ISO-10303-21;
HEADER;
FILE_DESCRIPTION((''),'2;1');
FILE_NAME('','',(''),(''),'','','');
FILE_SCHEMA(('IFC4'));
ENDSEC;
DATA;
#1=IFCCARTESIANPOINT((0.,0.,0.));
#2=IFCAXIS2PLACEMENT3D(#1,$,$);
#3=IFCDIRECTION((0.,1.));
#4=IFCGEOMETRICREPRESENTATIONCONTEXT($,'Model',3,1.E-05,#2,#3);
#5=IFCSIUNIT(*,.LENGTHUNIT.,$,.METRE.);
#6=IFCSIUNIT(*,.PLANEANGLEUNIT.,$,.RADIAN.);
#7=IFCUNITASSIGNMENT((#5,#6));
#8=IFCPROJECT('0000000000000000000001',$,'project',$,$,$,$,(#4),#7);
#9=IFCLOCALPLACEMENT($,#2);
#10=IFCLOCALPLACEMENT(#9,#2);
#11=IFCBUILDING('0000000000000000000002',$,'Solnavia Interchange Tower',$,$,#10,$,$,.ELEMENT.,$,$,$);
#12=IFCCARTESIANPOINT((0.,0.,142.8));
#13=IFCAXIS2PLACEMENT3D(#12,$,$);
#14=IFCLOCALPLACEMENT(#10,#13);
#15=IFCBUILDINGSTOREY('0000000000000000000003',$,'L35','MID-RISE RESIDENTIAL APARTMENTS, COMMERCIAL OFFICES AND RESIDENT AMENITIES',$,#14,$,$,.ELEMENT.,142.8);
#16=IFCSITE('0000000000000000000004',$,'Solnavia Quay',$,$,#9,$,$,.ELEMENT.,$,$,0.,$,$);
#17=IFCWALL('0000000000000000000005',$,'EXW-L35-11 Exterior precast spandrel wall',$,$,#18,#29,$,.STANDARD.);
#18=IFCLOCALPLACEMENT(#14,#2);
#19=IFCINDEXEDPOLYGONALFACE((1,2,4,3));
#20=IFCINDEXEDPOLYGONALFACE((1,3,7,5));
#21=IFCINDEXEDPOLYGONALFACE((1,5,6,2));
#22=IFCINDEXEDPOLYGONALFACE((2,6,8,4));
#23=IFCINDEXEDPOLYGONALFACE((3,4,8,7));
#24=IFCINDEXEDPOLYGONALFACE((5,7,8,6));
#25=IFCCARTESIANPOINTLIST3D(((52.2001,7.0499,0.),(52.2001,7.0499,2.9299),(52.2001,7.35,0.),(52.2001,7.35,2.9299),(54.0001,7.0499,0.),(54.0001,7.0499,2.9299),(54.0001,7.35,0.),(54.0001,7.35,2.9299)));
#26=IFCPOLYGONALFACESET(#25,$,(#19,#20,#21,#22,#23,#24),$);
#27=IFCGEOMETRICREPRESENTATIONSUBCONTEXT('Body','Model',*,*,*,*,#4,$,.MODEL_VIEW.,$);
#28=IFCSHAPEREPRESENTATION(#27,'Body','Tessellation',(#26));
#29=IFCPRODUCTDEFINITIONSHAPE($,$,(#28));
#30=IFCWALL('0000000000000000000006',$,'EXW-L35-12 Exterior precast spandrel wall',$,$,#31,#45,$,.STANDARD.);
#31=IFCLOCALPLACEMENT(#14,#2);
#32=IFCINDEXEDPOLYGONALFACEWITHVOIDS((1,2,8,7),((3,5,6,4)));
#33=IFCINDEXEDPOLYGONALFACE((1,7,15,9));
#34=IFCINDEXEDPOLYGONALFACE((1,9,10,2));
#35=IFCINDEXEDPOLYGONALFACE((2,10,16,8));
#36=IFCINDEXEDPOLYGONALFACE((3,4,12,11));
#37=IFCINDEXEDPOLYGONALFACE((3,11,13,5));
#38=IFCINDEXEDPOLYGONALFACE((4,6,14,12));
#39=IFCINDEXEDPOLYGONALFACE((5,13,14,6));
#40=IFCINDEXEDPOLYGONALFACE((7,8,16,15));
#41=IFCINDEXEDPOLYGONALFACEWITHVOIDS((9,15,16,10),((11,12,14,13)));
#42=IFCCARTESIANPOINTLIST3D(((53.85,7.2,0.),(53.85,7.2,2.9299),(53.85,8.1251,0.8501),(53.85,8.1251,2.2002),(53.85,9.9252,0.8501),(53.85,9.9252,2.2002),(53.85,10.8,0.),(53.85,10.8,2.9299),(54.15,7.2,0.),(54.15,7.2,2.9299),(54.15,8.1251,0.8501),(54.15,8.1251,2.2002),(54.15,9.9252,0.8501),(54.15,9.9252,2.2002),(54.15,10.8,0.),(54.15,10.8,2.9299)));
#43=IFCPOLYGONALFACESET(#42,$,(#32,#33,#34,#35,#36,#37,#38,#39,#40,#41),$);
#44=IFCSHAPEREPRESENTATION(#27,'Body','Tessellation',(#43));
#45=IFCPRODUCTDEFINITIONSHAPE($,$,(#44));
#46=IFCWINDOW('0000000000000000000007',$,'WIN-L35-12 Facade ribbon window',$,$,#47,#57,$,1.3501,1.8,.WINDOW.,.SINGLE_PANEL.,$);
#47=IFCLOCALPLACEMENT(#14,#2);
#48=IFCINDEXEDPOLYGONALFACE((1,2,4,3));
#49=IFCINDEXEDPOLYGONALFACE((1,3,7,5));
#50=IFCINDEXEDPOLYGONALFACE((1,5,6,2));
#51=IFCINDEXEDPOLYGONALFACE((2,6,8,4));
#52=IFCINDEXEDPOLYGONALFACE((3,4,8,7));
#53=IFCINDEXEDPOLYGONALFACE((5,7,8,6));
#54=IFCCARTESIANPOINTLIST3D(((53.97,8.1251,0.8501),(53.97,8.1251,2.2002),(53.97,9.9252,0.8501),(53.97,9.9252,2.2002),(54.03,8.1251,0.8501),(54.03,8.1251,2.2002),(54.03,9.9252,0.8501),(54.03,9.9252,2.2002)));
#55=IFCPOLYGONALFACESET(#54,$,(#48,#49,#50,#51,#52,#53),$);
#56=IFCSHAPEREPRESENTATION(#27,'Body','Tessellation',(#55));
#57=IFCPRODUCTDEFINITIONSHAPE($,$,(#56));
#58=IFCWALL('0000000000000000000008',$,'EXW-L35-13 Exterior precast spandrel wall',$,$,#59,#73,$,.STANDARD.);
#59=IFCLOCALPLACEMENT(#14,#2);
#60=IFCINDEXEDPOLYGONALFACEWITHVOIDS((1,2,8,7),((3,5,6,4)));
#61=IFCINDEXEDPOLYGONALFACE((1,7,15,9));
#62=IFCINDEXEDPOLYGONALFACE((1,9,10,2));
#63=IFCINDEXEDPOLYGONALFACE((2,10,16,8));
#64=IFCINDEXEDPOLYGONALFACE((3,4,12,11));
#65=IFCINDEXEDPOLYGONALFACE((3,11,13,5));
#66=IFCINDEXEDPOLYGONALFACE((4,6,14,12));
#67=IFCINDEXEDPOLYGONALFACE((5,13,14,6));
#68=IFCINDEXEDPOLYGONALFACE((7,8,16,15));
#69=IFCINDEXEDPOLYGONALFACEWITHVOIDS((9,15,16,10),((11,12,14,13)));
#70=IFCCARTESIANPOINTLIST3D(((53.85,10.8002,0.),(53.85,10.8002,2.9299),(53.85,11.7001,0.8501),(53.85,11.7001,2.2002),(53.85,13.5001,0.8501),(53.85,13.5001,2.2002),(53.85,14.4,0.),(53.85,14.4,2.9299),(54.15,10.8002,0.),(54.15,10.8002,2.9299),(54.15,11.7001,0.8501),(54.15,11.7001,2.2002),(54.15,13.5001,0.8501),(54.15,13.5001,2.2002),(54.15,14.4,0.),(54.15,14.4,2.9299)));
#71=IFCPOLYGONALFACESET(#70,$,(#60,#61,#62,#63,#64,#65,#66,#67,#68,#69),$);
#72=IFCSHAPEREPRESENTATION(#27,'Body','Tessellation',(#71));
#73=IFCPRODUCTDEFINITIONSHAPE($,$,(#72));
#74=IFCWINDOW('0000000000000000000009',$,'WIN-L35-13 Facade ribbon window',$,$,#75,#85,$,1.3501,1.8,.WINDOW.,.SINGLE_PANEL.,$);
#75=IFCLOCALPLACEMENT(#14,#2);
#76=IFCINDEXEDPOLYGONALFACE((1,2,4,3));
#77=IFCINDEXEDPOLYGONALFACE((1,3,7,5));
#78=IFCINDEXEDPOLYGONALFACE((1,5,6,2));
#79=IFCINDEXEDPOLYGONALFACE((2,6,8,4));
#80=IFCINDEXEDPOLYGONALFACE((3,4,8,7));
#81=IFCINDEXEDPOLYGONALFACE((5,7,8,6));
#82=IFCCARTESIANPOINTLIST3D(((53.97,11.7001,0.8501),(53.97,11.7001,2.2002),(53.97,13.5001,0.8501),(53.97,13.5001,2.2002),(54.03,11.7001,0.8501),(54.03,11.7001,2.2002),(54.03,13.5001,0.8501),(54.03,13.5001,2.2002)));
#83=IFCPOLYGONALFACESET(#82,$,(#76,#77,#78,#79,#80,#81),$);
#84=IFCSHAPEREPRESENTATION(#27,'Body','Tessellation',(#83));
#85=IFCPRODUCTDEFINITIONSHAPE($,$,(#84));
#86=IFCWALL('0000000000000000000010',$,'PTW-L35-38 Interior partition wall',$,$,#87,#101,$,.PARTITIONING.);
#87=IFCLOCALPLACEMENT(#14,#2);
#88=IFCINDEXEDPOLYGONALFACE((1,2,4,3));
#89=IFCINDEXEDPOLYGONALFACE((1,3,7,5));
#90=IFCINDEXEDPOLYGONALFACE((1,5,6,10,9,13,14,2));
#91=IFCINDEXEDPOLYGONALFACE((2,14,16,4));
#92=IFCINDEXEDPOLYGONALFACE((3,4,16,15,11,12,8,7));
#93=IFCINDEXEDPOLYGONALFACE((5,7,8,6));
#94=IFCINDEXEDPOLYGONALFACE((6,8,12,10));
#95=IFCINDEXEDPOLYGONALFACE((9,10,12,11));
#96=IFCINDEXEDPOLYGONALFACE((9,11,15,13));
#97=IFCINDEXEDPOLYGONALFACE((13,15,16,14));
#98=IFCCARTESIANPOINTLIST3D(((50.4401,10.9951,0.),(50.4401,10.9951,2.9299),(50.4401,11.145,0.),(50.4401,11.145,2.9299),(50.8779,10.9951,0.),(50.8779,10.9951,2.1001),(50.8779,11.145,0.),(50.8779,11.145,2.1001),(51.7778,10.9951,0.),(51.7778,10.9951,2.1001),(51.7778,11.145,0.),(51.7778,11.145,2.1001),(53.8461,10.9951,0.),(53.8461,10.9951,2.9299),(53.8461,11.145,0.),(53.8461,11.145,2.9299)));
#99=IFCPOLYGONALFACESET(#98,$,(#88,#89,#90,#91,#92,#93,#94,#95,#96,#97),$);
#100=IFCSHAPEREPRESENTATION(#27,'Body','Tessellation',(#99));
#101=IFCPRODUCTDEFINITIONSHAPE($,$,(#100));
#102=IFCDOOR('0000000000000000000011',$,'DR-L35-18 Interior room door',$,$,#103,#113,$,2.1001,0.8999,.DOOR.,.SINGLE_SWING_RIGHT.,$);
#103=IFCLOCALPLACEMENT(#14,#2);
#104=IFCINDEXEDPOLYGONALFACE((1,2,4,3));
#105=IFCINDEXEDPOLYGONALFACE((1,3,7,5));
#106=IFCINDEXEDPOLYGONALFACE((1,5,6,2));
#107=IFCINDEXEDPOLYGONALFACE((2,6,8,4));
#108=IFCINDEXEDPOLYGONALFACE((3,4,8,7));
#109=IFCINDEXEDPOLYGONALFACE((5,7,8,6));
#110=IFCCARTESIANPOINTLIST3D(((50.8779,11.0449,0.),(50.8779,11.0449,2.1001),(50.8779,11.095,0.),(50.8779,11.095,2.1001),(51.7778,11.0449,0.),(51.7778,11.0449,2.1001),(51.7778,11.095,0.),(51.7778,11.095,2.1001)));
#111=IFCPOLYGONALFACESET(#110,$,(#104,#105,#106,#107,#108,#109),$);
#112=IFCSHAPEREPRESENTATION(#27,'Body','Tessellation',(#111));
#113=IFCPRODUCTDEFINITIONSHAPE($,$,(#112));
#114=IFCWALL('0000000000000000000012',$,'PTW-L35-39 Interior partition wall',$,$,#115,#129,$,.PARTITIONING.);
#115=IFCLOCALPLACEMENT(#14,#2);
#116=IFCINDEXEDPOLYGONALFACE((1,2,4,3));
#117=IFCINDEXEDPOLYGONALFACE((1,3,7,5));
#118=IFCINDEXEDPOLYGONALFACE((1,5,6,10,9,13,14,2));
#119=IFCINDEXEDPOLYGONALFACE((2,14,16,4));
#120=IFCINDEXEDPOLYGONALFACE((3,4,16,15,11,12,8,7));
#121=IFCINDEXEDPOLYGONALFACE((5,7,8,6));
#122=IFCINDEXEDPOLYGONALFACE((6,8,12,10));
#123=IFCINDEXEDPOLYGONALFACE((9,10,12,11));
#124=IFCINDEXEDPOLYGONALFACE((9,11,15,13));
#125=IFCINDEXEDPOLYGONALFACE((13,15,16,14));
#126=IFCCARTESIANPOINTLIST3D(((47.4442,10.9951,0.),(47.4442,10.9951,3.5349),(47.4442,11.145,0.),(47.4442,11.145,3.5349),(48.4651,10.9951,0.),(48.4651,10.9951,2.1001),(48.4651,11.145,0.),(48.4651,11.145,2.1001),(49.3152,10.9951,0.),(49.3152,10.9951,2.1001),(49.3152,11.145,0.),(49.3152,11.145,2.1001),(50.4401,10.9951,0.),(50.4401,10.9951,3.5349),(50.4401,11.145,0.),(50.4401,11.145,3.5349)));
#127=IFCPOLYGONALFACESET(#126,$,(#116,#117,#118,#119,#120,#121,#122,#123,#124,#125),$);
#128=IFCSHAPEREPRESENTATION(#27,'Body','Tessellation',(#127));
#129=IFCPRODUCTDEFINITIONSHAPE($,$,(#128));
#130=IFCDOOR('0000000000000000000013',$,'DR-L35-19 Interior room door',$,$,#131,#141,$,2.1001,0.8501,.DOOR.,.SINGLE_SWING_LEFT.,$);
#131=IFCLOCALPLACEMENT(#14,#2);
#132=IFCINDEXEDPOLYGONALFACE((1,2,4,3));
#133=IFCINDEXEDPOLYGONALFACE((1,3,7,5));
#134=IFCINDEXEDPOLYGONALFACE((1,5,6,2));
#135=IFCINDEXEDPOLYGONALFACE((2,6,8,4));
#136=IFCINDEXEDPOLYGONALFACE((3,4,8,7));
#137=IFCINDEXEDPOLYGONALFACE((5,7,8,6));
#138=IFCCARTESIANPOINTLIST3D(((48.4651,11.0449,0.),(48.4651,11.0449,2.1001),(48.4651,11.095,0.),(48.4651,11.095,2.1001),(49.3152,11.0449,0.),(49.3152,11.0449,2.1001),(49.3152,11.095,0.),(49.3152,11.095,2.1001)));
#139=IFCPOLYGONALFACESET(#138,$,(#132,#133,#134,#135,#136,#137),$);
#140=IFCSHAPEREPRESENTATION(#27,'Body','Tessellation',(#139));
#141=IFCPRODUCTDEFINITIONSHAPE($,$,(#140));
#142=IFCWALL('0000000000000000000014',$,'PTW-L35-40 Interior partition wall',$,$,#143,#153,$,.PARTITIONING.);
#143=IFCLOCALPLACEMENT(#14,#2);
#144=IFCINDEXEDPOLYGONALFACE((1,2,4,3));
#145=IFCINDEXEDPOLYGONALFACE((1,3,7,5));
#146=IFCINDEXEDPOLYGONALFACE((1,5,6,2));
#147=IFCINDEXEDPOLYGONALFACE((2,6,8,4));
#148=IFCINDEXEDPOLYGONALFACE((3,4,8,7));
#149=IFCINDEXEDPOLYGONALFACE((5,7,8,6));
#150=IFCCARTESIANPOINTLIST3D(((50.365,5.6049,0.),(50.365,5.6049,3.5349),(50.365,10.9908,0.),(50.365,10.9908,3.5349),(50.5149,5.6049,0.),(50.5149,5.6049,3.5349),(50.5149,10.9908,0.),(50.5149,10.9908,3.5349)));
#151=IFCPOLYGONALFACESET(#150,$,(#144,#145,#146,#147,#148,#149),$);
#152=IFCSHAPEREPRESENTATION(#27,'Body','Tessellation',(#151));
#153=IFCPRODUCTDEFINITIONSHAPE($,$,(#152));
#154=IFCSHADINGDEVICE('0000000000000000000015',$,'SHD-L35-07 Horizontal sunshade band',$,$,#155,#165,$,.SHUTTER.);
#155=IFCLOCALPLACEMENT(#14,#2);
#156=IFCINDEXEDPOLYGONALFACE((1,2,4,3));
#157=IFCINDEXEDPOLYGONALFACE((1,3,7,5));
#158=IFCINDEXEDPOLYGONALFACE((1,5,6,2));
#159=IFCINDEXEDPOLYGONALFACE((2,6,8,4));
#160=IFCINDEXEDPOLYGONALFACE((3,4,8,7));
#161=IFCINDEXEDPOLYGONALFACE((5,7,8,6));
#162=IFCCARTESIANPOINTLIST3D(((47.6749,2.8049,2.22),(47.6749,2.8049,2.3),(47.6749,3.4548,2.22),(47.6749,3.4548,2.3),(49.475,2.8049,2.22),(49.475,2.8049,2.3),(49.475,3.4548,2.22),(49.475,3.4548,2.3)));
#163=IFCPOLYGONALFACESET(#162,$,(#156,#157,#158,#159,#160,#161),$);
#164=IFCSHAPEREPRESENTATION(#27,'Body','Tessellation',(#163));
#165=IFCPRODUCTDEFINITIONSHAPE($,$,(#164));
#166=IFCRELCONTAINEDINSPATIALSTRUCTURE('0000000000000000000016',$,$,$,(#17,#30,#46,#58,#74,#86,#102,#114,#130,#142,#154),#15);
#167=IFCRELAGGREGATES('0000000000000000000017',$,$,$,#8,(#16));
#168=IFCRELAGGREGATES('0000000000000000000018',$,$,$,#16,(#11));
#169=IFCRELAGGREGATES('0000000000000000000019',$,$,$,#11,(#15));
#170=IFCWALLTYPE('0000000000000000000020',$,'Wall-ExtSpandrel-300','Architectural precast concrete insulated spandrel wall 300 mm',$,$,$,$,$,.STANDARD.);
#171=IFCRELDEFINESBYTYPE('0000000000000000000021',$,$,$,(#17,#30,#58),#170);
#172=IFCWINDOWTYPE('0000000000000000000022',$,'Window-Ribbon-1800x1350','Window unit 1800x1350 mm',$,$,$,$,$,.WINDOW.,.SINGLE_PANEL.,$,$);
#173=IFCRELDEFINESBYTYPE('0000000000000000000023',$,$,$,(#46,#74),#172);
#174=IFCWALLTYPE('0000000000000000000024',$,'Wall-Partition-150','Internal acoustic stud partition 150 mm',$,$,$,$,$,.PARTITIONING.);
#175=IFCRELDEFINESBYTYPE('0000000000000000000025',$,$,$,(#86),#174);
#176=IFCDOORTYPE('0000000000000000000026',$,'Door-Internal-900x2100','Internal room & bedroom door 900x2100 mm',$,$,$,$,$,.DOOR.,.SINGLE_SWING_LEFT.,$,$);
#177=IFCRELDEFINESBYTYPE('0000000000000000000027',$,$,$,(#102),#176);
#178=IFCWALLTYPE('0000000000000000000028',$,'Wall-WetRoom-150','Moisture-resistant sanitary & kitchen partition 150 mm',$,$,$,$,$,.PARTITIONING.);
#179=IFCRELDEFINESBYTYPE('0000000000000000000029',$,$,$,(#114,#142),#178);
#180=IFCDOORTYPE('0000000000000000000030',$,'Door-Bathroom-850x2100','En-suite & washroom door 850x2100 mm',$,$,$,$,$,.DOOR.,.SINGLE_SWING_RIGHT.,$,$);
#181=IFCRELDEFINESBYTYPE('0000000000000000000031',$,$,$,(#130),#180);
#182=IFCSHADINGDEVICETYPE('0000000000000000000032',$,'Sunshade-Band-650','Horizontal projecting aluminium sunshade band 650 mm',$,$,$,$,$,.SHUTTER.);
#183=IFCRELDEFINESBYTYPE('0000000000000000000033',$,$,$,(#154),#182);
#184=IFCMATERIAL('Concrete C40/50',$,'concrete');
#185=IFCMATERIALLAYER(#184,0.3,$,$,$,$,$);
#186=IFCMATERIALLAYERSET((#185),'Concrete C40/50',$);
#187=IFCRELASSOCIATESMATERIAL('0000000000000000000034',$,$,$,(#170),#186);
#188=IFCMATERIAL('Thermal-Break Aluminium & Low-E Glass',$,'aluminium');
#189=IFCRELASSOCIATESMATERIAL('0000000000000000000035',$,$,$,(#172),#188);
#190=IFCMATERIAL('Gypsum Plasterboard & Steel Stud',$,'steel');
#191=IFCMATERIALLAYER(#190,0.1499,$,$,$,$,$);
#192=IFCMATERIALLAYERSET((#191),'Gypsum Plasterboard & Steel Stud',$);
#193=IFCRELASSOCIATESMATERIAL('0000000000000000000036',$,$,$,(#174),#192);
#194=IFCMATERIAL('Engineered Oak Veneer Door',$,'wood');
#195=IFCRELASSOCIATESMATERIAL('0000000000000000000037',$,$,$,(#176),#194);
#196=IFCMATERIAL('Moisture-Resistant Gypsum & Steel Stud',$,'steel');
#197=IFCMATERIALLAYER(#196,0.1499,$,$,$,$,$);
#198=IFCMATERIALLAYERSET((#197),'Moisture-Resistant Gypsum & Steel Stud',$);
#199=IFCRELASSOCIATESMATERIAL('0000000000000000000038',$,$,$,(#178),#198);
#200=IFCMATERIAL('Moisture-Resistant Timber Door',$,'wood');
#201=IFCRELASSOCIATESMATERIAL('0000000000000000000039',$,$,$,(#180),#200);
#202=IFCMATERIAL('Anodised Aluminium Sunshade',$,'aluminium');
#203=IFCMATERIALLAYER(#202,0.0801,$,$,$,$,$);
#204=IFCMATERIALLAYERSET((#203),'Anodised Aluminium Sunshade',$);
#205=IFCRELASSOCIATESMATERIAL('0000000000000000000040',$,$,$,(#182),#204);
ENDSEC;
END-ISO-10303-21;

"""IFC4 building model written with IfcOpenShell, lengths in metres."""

from ifc_helpers import new_model, si_unit, direction, frame, frame_2d, origin, origin_2d, place, context, subcontext, project, spatial, rectangle, extrude, material, layer, layer_set, type_object, element, fill, save


model = new_model("IFC4")

# Units and contexts
model_context = context("Model", 3, precision=1e-05, world=origin(), true_north=direction((0.0, 1.0)))
body_context = subcontext(model_context, "Body", "Model", "MODEL_VIEW")
ifc_project = project(units=[si_unit("LENGTHUNIT", "METRE"), si_unit("PLANEANGLEUNIT", "RADIAN")], contexts=[model_context])

# Site, building, storey
site_placement = place(None, origin())
site = spatial("IfcSite", under=ifc_project, at=site_placement, Name="Solnavia Quay", CompositionType="ELEMENT", RefElevation=0.0)
building_placement = place(site_placement, origin())
building = spatial("IfcBuilding", under=site, at=building_placement, Name="Solnavia Interchange Tower", CompositionType="ELEMENT")
storey_placement = place(building_placement, frame((0.0, 0.0, 142.8)))
storey = spatial("IfcBuildingStorey", under=building, at=storey_placement, Name="L35", Description="MID-RISE RESIDENTIAL APARTMENTS, COMMERCIAL OFFICES AND RESIDENT AMENITIES", CompositionType="ELEMENT", Elevation=142.8)

# Shared definitions
ifc_material_1 = material(Name="Concrete C40/50", Category="concrete")
ifc_layer_1 = layer(ifc_material_1, 0.3)
ifc_layer_set_1 = layer_set([ifc_layer_1], Name="Concrete C40/50")
wall_type_1 = type_object("IfcWallType", Name="Wall-ExtSpandrel-300", Description="Architectural precast concrete insulated spandrel wall 300 mm", PredefinedType="STANDARD", material=ifc_layer_set_1)
ifc_material_2 = material(Name="Thermal-Break Aluminium & Low-E Glass", Category="aluminium")
window_type = type_object("IfcWindowType", Name="Window-Ribbon-1800x1350", Description="Window unit 1800x1350 mm", PartitioningType="SINGLE_PANEL", PredefinedType="WINDOW", material=ifc_material_2)

# Wall
wall_1_placement = place(storey_placement, frame((54.0, 7.2, 0.0), z_axis=(0.0, 0.0, 1.0), x_axis=(-1.0, 0.0, 0.0)))
element("IfcWall", 1, at=wall_1_placement, inside=storey, type_object=wall_type_1, Name="EXW-L35-11 Exterior precast spandrel wall", PredefinedType="STANDARD", context=body_context, shape_type="SweptSolid", body=[
    extrude(rectangle(XDim=1.8, YDim=0.3, at=frame_2d((0.8999, 0.0))), origin(), (0.0, 0.0, 1.0), 2.9299),
])

# Walls, openings, windows
wall_2_placement = place(storey_placement, frame((54.0, 10.8, 0.0), z_axis=(0.0, 0.0, 1.0), x_axis=(0.0, -1.0, 0.0)))
wall_2 = element("IfcWall", 2, at=wall_2_placement, inside=storey, type_object=wall_type_1, Name="EXW-L35-12 Exterior precast spandrel wall", PredefinedType="STANDARD", context=body_context, shape_type="SweptSolid", body=[
    extrude(rectangle(XDim=3.6001, YDim=0.3, at=frame_2d((1.8, 0.0))), origin(), (0.0, 0.0, 1.0), 2.9299),
])
opening_1_placement = place(wall_2_placement, frame((0.875, 0.0, 0.8501)))
opening_1 = element("IfcOpeningElement", 3, at=opening_1_placement, cuts=wall_2, PredefinedType="OPENING", context=body_context, shape_type="SweptSolid", body=[
    extrude(rectangle(XDim=1.8, YDim=1.3501, at=frame_2d((0.8999, 0.675))), frame((0.0, 0.1602, 0.0), z_axis=(0.0, -1.0, 0.0), x_axis=(1.0, 0.0, 0.0)), (0.0, 0.0, 1.0), 0.3201),
])
window_1_placement = place(opening_1_placement, origin())
window_1 = element("IfcWindow", 4, at=window_1_placement, inside=storey, type_object=window_type, Name="WIN-L35-12 Facade ribbon window", OverallHeight=1.3501, OverallWidth=1.8, PartitioningType="SINGLE_PANEL", PredefinedType="WINDOW", context=body_context, shape_type="SweptSolid", body=[
    extrude(rectangle(XDim=1.8, YDim=1.3501, at=frame_2d((0.8999, 0.675))), frame((0.0, 0.03, 0.0), z_axis=(0.0, -1.0, 0.0), x_axis=(1.0, 0.0, 0.0)), (0.0, 0.0, 1.0), 0.0601),
])
fill(opening_1, window_1)
wall_3_placement = place(storey_placement, frame((54.0, 14.3999, 0.0), z_axis=(0.0, 0.0, 1.0), x_axis=(0.0, -1.0, 0.0)))
wall_3 = element("IfcWall", 5, at=wall_3_placement, inside=storey, type_object=wall_type_1, Name="EXW-L35-13 Exterior precast spandrel wall", PredefinedType="STANDARD", context=body_context, shape_type="SweptSolid", body=[
    extrude(rectangle(XDim=3.5999, YDim=0.3, at=frame_2d((1.7998, 0.0))), origin(), (0.0, 0.0, 1.0), 2.9299),
])
opening_2_placement = place(wall_3_placement, frame((0.8999, 0.0, 0.8501)))
opening_2 = element("IfcOpeningElement", 6, at=opening_2_placement, cuts=wall_3, PredefinedType="OPENING", context=body_context, shape_type="SweptSolid", body=[
    extrude(rectangle(XDim=1.8, YDim=1.3501, at=frame_2d((0.8999, 0.675))), frame((0.0, 0.1602, 0.0), z_axis=(0.0, -1.0, 0.0), x_axis=(1.0, 0.0, 0.0)), (0.0, 0.0, 1.0), 0.3201),
])
window_2_placement = place(opening_2_placement, origin())
window_2 = element("IfcWindow", 7, at=window_2_placement, inside=storey, type_object=window_type, Name="WIN-L35-13 Facade ribbon window", OverallHeight=1.3501, OverallWidth=1.8, PartitioningType="SINGLE_PANEL", PredefinedType="WINDOW", context=body_context, shape_type="SweptSolid", body=[
    extrude(rectangle(XDim=1.8, YDim=1.3501, at=frame_2d((0.8999, 0.675))), frame((0.0, 0.03, 0.0), z_axis=(0.0, -1.0, 0.0), x_axis=(1.0, 0.0, 0.0)), (0.0, 0.0, 1.0), 0.0601),
])
fill(opening_2, window_2)

# Walls, openings, doors
ifc_material_3 = material(Name="Gypsum Plasterboard & Steel Stud", Category="steel")
ifc_layer_2 = layer(ifc_material_3, 0.1499)
ifc_layer_set_2 = layer_set([ifc_layer_2], Name="Gypsum Plasterboard & Steel Stud")
wall_type_2 = type_object("IfcWallType", Name="Wall-Partition-150", Description="Internal acoustic stud partition 150 mm", PredefinedType="PARTITIONING", material=ifc_layer_set_2)
wall_4_placement = place(storey_placement, frame((50.4399, 11.0701, 0.0), z_axis=(0.0, 0.0, 1.0), x_axis=(1.0, 0.0, 0.0)))
wall_4 = element("IfcWall", 8, at=wall_4_placement, inside=storey, type_object=wall_type_2, Name="PTW-L35-38 Interior partition wall", PredefinedType="PARTITIONING", context=body_context, shape_type="SweptSolid", body=[
    extrude(rectangle(XDim=3.406, YDim=0.1499, at=frame_2d((1.7031, 0.0))), origin(), (0.0, 0.0, 1.0), 2.9299),
])
opening_3_placement = place(wall_4_placement, frame((0.438, 0.0, 0.0)))
opening_3 = element("IfcOpeningElement", 9, at=opening_3_placement, cuts=wall_4, PredefinedType="OPENING", context=body_context, shape_type="SweptSolid", body=[
    extrude(rectangle(XDim=0.8999, YDim=2.1001, at=frame_2d((0.45, 1.05))), frame((0.0, 0.085, 0.0), z_axis=(0.0, -1.0, 0.0), x_axis=(1.0, 0.0, 0.0)), (0.0, 0.0, 1.0), 0.1699),
])
ifc_material_4 = material(Name="Engineered Oak Veneer Door", Category="wood")
door_type_1 = type_object("IfcDoorType", Name="Door-Internal-900x2100", Description="Internal room & bedroom door 900x2100 mm", OperationType="SINGLE_SWING_LEFT", PredefinedType="DOOR", material=ifc_material_4)
door_1_placement = place(opening_3_placement, origin())
door_1 = element("IfcDoor", 10, at=door_1_placement, inside=storey, type_object=door_type_1, Name="DR-L35-18 Interior room door", OperationType="SINGLE_SWING_RIGHT", OverallHeight=2.1001, OverallWidth=0.8999, PredefinedType="DOOR", context=body_context, shape_type="SweptSolid", body=[
    extrude(rectangle(XDim=0.8999, YDim=2.1001, at=frame_2d((0.45, 1.05))), frame((0.0, 0.0249, 0.0), z_axis=(0.0, -1.0, 0.0), x_axis=(1.0, 0.0, 0.0)), (0.0, 0.0, 1.0), 0.05),
])
fill(opening_3, door_1)
ifc_material_5 = material(Name="Moisture-Resistant Gypsum & Steel Stud", Category="steel")
ifc_layer_3 = layer(ifc_material_5, 0.1499)
ifc_layer_set_3 = layer_set([ifc_layer_3], Name="Moisture-Resistant Gypsum & Steel Stud")
wall_type_3 = type_object("IfcWallType", Name="Wall-WetRoom-150", Description="Moisture-resistant sanitary & kitchen partition 150 mm", PredefinedType="PARTITIONING", material=ifc_layer_set_3)
wall_5_placement = place(storey_placement, frame((47.4441, 11.0701, 0.0), z_axis=(0.0, 0.0, 1.0), x_axis=(1.0, 0.0, 0.0)))
wall_5 = element("IfcWall", 11, at=wall_5_placement, inside=storey, type_object=wall_type_3, Name="PTW-L35-39 Interior partition wall", PredefinedType="PARTITIONING", context=body_context, shape_type="SweptSolid", body=[
    extrude(rectangle(XDim=2.9958, YDim=0.1499, at=frame_2d((1.498, 0.0))), origin(), (0.0, 0.0, 1.0), 3.5349),
])
opening_4_placement = place(wall_5_placement, frame((1.021, 0.0, 0.0)))
opening_4 = element("IfcOpeningElement", 12, at=opening_4_placement, cuts=wall_5, PredefinedType="OPENING", context=body_context, shape_type="SweptSolid", body=[
    extrude(rectangle(XDim=0.8501, YDim=2.1001, at=frame_2d((0.425, 1.05))), frame((0.0, 0.085, 0.0), z_axis=(0.0, -1.0, 0.0), x_axis=(1.0, 0.0, 0.0)), (0.0, 0.0, 1.0), 0.1699),
])
ifc_material_6 = material(Name="Moisture-Resistant Timber Door", Category="wood")
door_type_2 = type_object("IfcDoorType", Name="Door-Bathroom-850x2100", Description="En-suite & washroom door 850x2100 mm", OperationType="SINGLE_SWING_RIGHT", PredefinedType="DOOR", material=ifc_material_6)
door_2_placement = place(opening_4_placement, origin())
door_2 = element("IfcDoor", 13, at=door_2_placement, inside=storey, type_object=door_type_2, Name="DR-L35-19 Interior room door", OperationType="SINGLE_SWING_LEFT", OverallHeight=2.1001, OverallWidth=0.8501, PredefinedType="DOOR", context=body_context, shape_type="SweptSolid", body=[
    extrude(rectangle(XDim=0.8501, YDim=2.1001, at=frame_2d((0.425, 1.05))), frame((0.0, 0.0249, 0.0), z_axis=(0.0, -1.0, 0.0), x_axis=(1.0, 0.0, 0.0)), (0.0, 0.0, 1.0), 0.05),
])
fill(opening_4, door_2)

# Wall
wall_6_placement = place(storey_placement, frame((50.4399, 5.605, 0.0), z_axis=(0.0, 0.0, 1.0), x_axis=(0.0, 1.0, 0.0)))
element("IfcWall", 14, at=wall_6_placement, inside=storey, type_object=wall_type_3, Name="PTW-L35-40 Interior partition wall", PredefinedType="PARTITIONING", context=body_context, shape_type="SweptSolid", body=[
    extrude(rectangle(XDim=5.386, YDim=0.1499, at=frame_2d((2.6929, 0.0))), origin(), (0.0, 0.0, 1.0), 3.5349),
])

# Shading device
ifc_material_7 = material(Name="Anodised Aluminium Sunshade", Category="aluminium")
ifc_layer_4 = layer(ifc_material_7, 0.0801)
ifc_layer_set_4 = layer_set([ifc_layer_4], Name="Anodised Aluminium Sunshade")
shading_device_type = type_object("IfcShadingDeviceType", Name="Sunshade-Band-650", Description="Horizontal projecting aluminium sunshade band 650 mm", PredefinedType="SHUTTER", material=ifc_layer_set_4)
for number, where, z_axis, x_axis, name in (
    (15, (48.575, 3.1299, 2.22), (0.0, 0.0, 1.0), (-1.0, 0.0, 0.0), "SHD-L35-07 Horizontal sunshade band"),
):
    element("IfcShadingDevice", number, at=place(storey_placement, frame(where, z_axis=z_axis, x_axis=x_axis)), inside=storey, type_object=shading_device_type, Name=name, PredefinedType="SHUTTER", context=body_context, shape_type="SweptSolid", body=[
        extrude(rectangle(XDim=1.8, YDim=0.6499, at=origin_2d()), origin(), (0.0, 0.0, 1.0), 0.0801),
    ])

save(model, "model.ifc")
